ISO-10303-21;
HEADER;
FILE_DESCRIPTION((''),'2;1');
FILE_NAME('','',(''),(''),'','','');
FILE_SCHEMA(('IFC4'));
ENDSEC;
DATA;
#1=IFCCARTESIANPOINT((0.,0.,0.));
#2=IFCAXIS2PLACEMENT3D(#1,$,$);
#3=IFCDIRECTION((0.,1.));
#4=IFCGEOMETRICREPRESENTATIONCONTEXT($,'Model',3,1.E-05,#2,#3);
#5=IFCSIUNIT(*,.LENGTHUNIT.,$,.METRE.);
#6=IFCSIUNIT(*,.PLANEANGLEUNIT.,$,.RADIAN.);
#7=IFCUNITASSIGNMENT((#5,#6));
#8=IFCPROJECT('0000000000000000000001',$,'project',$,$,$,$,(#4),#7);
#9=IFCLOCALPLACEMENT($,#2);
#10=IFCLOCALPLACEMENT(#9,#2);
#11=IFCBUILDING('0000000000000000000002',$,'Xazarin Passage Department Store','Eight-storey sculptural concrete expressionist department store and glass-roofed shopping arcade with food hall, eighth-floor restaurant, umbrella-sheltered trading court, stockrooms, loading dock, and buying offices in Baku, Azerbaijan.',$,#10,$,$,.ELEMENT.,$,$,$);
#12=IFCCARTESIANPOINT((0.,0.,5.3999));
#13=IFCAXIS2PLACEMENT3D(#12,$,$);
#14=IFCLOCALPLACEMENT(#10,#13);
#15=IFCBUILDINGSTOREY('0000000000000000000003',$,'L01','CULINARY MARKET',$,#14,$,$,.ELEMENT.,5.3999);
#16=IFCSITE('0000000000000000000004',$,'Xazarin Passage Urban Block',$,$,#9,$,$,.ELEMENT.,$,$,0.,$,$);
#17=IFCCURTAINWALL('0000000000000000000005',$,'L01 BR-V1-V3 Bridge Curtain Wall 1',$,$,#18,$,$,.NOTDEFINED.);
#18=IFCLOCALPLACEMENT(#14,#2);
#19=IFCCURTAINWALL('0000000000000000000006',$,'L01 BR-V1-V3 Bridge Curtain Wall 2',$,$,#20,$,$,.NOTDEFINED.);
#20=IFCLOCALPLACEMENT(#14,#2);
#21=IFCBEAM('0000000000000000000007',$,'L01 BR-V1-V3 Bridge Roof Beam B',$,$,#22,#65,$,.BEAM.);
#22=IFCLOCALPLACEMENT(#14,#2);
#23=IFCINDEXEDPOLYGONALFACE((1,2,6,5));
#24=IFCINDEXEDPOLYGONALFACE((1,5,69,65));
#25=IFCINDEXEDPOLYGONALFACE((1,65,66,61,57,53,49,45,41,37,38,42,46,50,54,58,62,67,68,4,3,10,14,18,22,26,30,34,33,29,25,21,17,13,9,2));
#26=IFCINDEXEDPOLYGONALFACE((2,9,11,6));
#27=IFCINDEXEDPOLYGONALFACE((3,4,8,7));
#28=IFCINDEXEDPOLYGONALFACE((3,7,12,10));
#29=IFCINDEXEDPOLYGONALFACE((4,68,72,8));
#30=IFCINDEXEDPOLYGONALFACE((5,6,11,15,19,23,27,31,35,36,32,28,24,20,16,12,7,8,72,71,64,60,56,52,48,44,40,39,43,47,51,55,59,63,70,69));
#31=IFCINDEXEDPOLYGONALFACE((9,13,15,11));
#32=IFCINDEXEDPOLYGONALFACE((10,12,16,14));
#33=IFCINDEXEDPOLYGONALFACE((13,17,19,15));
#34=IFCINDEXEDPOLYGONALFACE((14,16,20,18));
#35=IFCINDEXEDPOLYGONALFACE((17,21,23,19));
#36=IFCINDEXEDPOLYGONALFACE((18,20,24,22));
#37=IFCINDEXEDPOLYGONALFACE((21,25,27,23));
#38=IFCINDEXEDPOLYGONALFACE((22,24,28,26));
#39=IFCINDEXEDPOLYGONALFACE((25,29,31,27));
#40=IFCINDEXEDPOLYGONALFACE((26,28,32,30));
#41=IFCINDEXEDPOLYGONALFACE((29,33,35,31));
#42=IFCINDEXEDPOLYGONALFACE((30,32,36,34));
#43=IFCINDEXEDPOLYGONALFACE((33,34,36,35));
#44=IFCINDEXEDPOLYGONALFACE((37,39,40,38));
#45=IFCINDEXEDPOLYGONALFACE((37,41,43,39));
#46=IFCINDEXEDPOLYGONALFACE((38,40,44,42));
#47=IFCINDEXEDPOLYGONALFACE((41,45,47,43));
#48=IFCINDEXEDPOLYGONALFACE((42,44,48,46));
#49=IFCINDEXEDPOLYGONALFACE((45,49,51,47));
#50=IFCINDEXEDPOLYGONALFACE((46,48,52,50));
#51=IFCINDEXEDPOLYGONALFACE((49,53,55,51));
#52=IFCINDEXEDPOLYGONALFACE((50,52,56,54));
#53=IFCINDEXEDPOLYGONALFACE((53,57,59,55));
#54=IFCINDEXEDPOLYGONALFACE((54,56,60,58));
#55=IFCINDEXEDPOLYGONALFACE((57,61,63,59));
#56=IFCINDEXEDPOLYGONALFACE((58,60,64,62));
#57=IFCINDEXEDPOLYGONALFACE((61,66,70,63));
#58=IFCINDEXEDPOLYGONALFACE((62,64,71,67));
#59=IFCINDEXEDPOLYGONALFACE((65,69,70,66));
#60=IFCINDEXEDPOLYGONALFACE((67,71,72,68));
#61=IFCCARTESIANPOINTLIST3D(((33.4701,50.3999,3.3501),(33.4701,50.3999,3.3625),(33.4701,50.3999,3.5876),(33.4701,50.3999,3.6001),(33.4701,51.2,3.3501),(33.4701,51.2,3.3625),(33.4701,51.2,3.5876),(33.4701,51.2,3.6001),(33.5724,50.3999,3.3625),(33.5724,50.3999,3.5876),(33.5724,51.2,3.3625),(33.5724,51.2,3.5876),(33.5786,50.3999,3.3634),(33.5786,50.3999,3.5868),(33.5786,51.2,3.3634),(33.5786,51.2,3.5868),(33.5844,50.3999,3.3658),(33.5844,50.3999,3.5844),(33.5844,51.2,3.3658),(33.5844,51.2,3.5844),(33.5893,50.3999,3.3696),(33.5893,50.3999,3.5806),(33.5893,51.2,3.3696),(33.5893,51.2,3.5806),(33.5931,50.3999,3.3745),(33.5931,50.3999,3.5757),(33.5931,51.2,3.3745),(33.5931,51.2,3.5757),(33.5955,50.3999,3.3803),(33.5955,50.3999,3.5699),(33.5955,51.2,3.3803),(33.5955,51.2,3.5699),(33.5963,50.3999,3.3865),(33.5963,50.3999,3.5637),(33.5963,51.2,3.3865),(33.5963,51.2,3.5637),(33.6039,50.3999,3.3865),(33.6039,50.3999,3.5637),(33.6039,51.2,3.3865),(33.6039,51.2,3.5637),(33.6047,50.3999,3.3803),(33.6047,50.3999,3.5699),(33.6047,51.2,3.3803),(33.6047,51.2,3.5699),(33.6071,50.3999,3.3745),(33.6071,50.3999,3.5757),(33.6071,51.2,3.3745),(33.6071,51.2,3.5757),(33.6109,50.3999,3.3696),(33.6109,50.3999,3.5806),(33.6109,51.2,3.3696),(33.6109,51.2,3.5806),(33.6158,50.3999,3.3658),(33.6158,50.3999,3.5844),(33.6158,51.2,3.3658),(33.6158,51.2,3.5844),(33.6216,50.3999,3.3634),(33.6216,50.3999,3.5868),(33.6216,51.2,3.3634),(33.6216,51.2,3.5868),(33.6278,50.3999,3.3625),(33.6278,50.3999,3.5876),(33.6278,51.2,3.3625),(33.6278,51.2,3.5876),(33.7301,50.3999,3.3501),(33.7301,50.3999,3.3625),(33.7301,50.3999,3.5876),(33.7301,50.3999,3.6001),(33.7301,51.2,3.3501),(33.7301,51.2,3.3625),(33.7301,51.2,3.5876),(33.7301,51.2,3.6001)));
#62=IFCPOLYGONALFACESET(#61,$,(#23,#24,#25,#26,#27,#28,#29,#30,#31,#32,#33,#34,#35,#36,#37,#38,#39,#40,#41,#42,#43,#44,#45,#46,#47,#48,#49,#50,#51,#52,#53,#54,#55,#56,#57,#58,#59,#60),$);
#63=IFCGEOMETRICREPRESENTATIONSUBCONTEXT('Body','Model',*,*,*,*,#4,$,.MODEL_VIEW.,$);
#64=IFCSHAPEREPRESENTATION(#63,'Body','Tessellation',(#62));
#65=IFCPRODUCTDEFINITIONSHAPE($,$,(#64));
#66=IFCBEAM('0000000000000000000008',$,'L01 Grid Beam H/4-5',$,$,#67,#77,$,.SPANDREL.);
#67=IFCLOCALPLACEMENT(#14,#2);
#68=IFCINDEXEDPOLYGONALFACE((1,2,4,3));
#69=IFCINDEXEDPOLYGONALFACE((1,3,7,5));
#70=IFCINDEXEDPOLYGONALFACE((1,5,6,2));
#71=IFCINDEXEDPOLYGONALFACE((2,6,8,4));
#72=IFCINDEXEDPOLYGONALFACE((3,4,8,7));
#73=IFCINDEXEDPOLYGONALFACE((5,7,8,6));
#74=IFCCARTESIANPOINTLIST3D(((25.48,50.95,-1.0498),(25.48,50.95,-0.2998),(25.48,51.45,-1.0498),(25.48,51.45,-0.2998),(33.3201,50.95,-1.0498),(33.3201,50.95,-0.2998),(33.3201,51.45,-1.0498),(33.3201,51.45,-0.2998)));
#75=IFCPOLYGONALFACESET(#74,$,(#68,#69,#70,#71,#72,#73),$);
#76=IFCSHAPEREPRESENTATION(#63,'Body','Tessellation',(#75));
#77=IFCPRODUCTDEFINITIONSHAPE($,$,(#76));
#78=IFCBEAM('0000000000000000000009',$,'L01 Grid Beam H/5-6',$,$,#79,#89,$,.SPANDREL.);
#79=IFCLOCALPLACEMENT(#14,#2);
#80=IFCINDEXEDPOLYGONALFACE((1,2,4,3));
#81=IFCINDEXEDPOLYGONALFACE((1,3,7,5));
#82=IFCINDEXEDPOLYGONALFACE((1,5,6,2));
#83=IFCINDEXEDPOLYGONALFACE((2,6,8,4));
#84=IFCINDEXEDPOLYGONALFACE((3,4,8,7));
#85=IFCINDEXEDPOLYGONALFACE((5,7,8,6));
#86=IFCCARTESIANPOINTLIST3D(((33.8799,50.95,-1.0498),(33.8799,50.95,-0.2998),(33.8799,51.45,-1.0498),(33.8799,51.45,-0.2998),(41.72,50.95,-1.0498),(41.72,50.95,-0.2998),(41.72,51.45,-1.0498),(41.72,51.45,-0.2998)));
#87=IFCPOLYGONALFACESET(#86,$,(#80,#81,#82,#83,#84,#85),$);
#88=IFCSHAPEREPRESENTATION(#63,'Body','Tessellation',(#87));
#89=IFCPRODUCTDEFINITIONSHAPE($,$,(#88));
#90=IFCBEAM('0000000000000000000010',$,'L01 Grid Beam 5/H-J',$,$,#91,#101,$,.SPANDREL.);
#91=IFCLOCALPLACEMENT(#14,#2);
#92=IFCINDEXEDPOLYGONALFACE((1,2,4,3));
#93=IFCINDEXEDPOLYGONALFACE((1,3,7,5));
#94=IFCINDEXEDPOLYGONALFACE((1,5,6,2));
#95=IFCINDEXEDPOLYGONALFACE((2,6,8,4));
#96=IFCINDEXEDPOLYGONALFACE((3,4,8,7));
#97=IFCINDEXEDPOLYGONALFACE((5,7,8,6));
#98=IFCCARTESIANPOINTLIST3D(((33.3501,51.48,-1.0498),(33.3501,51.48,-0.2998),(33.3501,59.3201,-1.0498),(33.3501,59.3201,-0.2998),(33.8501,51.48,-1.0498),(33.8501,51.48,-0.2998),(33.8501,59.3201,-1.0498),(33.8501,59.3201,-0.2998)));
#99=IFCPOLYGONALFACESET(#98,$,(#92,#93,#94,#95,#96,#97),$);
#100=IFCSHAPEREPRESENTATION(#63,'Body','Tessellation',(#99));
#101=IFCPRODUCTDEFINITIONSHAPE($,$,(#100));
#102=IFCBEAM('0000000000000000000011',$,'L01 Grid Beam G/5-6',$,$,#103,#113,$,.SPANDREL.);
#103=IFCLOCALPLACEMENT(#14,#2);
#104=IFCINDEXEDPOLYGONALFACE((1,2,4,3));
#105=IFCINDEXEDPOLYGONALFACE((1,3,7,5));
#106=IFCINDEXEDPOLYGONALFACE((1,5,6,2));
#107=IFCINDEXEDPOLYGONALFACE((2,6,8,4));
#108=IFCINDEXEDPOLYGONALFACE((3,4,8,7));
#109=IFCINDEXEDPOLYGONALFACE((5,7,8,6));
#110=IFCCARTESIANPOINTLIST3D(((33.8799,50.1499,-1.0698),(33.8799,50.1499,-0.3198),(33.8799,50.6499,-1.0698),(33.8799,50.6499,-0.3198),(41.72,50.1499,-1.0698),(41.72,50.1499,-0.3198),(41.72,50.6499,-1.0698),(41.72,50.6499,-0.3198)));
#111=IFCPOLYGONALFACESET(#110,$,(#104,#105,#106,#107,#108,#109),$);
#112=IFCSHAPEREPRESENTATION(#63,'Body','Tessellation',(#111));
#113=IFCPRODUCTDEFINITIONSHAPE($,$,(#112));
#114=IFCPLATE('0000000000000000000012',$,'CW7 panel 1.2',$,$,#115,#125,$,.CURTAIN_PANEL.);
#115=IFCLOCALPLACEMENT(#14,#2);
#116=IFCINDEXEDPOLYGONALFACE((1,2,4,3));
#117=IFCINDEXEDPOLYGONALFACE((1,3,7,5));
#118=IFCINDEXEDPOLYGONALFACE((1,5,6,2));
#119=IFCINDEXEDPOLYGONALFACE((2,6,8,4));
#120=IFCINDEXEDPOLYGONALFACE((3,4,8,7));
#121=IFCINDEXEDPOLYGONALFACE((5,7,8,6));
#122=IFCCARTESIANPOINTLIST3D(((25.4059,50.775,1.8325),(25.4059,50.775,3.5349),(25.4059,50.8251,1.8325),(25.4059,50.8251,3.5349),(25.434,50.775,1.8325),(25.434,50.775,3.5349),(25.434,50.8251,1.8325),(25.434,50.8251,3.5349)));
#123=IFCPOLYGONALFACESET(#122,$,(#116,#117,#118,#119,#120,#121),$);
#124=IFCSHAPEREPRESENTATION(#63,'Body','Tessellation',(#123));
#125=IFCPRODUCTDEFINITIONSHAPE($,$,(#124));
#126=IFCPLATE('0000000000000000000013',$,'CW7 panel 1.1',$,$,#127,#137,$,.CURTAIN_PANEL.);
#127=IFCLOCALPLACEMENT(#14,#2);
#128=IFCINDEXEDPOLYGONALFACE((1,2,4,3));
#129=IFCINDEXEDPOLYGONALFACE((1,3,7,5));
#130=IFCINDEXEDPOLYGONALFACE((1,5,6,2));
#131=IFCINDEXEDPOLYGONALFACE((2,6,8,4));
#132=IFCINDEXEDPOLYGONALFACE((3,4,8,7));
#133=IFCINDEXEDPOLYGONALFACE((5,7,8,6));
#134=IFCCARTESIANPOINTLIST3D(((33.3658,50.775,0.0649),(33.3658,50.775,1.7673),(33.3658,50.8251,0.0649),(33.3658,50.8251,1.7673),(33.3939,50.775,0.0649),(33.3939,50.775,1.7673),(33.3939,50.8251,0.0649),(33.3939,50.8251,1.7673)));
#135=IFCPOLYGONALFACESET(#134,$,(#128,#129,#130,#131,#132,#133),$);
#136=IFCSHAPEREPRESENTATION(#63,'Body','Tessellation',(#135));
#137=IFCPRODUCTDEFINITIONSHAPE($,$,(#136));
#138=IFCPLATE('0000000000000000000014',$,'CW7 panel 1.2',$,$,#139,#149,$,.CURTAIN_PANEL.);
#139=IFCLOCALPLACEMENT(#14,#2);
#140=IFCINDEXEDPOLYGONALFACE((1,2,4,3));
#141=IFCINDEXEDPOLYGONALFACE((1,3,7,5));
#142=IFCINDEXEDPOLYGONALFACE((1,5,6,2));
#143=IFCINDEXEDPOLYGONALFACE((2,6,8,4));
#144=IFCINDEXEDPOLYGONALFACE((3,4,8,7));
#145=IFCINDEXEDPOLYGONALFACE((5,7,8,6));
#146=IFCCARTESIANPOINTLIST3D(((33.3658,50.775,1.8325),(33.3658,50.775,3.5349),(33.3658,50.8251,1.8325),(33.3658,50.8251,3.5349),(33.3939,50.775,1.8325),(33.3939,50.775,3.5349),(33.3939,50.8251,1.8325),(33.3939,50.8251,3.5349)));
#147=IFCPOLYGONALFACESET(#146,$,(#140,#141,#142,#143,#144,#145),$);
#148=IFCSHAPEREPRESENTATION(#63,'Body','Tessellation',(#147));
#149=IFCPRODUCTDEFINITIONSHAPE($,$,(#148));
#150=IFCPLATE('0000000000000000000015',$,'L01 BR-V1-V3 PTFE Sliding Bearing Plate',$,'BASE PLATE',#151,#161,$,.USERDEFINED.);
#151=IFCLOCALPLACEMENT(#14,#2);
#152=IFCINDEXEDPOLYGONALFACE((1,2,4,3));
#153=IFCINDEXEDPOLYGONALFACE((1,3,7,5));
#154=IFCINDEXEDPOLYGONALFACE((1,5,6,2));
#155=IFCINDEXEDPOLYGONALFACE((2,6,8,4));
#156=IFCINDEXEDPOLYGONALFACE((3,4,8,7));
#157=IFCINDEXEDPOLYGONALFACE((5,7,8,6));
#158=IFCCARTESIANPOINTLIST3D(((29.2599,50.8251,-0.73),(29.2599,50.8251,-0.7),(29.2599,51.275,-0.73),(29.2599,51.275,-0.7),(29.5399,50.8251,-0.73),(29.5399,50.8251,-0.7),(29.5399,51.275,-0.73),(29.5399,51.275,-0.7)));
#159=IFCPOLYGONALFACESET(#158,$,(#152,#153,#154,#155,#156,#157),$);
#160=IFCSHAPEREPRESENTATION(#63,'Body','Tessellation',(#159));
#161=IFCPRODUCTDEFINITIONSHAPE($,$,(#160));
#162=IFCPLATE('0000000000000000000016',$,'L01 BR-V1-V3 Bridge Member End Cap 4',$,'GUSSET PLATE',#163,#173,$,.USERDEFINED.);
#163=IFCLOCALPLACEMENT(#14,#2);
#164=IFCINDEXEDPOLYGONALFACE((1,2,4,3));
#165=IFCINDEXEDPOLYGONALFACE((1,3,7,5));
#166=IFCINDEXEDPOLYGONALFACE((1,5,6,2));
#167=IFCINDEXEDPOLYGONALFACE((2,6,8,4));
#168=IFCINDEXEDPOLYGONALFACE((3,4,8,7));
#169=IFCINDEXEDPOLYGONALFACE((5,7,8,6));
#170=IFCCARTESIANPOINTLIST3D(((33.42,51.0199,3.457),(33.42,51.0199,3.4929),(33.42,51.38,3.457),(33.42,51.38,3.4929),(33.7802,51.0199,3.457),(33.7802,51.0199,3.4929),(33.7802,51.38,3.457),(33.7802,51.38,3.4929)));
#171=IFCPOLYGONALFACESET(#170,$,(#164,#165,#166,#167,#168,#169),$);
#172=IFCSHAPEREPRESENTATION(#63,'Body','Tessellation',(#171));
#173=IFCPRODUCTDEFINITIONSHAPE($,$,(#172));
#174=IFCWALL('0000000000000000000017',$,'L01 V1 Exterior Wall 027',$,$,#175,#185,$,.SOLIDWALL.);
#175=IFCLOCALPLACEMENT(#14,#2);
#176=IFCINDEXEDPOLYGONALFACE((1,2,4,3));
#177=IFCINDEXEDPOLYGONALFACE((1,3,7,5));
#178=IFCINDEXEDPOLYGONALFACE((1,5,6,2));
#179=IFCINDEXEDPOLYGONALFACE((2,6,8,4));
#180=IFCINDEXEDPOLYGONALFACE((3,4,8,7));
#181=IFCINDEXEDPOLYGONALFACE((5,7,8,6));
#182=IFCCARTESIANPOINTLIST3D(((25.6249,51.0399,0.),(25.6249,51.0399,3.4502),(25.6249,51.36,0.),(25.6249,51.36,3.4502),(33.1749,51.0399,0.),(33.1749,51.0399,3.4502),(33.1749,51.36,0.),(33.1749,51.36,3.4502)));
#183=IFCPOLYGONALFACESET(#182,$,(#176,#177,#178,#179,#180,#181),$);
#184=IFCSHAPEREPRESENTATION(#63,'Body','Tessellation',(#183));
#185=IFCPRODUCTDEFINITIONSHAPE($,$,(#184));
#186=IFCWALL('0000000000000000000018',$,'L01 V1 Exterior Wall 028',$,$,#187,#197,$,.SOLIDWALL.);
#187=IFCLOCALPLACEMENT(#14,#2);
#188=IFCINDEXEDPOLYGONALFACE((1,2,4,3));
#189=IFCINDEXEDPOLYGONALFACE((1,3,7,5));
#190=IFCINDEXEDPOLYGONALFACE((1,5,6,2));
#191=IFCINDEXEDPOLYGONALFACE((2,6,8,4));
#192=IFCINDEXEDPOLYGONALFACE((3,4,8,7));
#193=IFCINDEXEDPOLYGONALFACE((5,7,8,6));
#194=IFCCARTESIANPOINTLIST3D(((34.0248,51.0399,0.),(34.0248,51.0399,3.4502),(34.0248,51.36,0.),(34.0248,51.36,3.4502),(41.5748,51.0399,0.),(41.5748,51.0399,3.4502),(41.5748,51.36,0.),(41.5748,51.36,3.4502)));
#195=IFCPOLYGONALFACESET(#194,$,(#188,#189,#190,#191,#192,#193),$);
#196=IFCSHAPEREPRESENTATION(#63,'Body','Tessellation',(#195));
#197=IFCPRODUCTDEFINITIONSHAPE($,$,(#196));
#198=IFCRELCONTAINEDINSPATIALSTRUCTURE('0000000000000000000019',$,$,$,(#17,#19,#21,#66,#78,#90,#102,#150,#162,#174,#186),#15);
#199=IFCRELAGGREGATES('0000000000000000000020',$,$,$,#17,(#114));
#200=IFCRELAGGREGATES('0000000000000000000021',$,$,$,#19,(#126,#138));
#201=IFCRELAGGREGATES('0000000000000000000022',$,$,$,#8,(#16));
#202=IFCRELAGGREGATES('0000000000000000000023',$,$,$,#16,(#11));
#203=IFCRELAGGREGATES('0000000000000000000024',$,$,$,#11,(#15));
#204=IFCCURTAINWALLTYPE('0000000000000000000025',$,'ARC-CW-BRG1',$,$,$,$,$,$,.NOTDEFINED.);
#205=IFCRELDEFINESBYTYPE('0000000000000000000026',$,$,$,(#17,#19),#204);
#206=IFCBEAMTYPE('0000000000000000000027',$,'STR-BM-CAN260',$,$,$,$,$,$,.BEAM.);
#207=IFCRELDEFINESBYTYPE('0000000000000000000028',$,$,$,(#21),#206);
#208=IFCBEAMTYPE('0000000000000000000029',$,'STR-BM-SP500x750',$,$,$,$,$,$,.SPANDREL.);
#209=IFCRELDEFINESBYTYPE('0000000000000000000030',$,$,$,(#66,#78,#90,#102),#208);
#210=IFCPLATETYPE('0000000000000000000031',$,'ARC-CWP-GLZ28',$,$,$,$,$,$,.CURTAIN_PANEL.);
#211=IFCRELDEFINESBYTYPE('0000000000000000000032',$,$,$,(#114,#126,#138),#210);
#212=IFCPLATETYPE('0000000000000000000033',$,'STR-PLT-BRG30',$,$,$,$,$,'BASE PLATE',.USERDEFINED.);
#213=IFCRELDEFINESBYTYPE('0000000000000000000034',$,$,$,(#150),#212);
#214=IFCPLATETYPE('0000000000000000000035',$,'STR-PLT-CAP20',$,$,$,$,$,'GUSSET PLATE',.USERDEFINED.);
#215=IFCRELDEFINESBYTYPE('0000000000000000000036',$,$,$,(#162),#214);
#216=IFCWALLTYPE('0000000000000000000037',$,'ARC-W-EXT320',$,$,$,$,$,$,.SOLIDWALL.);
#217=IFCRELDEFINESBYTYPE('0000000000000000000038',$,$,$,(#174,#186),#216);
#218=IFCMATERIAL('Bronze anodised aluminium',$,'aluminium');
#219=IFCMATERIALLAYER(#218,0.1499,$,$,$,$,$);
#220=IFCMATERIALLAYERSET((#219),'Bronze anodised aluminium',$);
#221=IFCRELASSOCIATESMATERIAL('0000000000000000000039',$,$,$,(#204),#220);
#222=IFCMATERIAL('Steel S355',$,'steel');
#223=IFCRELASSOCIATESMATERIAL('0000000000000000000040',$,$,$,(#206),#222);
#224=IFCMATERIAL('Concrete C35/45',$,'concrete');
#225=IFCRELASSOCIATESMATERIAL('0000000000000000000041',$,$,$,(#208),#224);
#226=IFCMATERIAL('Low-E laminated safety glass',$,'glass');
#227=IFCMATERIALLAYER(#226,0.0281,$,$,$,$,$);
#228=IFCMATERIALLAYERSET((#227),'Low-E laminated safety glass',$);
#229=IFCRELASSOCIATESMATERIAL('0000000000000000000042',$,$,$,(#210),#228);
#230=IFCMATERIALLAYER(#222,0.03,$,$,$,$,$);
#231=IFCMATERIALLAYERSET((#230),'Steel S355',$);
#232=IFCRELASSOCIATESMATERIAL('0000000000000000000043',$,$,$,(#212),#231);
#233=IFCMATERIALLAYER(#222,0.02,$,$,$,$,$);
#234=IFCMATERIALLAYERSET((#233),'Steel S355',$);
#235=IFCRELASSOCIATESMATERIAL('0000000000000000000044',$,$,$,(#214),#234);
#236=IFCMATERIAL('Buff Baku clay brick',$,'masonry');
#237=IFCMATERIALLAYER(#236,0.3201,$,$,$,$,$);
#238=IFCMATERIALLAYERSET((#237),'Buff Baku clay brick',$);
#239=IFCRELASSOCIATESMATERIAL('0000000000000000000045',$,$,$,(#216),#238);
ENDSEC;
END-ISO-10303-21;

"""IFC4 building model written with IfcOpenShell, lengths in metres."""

from ifc_helpers import new_model, si_unit, direction, frame, frame_2d, origin, origin_2d, place, context, subcontext, project, spatial, rectangle, i_section, extrude, material, layer, layer_set, material_profile, profile_set, type_object, element, aggregate, save


model = new_model("IFC4")

# Units and contexts
model_context = context("Model", 3, precision=1e-05, world=origin(), true_north=direction((0.0, 1.0)))
body_context = subcontext(model_context, "Body", "Model", "MODEL_VIEW")
ifc_project = project(units=[si_unit("LENGTHUNIT", "METRE"), si_unit("PLANEANGLEUNIT", "RADIAN")], contexts=[model_context])

# Site, building, storey
site_placement = place(None, origin())
site = spatial("IfcSite", under=ifc_project, at=site_placement, Name="Xazarin Passage Urban Block", CompositionType="ELEMENT", RefElevation=0.0)
building_placement = place(site_placement, origin())
building = spatial("IfcBuilding", under=site, at=building_placement, Name="Xazarin Passage Department Store", Description="Eight-storey sculptural concrete expressionist department store and glass-roofed shopping arcade with food hall, eighth-floor restaurant, umbrella-sheltered trading court, stockrooms, loading dock, and buying offices in Baku, Azerbaijan.", CompositionType="ELEMENT")
storey_placement = place(building_placement, frame((0.0, 0.0, 5.3999)))
storey = spatial("IfcBuildingStorey", under=building, at=storey_placement, Name="L01", Description="CULINARY MARKET", CompositionType="ELEMENT", Elevation=5.3999)

# Curtain wall
ifc_material_1 = material(Name="Bronze anodised aluminium", Category="aluminium")
ifc_layer_1 = layer(ifc_material_1, 0.1499)
ifc_layer_set_1 = layer_set([ifc_layer_1], Name="Bronze anodised aluminium")
curtain_wall_type = type_object("IfcCurtainWallType", Name="ARC-CW-BRG1", PredefinedType="NOTDEFINED", material=ifc_layer_set_1)
curtain_wall_1_placement = place(storey_placement, origin())
curtain_wall_1 = element("IfcCurtainWall", 1, at=curtain_wall_1_placement, inside=storey, type_object=curtain_wall_type, Name="L01 BR-V1-V3 Bridge Curtain Wall 1", PredefinedType="NOTDEFINED")

# Curtain wall
curtain_wall_2_placement = place(storey_placement, origin())
curtain_wall_2 = element("IfcCurtainWall", 2, at=curtain_wall_2_placement, inside=storey, type_object=curtain_wall_type, Name="L01 BR-V1-V3 Bridge Curtain Wall 2", PredefinedType="NOTDEFINED")

# Beams
ifc_material_2 = material(Name="Steel S355", Category="steel")
ifc_material_profile_1 = material_profile(ifc_material_2, i_section(OverallWidth=0.26, OverallDepth=0.25, WebThickness=0.0076, FlangeThickness=0.0125, FilletRadius=0.0239, at=origin_2d()), Name="HEA 260")
ifc_profile_set_1 = profile_set([ifc_material_profile_1], Name="Steel S355")
beam_type_1 = type_object("IfcBeamType", Name="STR-BM-CAN260", PredefinedType="BEAM", material=ifc_profile_set_1)
beam_1_placement = place(storey_placement, frame((33.6001, 50.3999, 3.4751), z_axis=(0.0, 1.0, 0.0), x_axis=(-1.0, 0.0, 0.0)))
element("IfcBeam", 3, at=beam_1_placement, inside=storey, type_object=beam_type_1, Name="L01 BR-V1-V3 Bridge Roof Beam B", PredefinedType="BEAM", context=body_context, shape_type="SweptSolid", body=[
    extrude(i_section(OverallWidth=0.26, OverallDepth=0.25, WebThickness=0.0076, FlangeThickness=0.0125, FilletRadius=0.0239, at=origin_2d()), origin(), (0.0, 0.0, 1.0), 0.8),
])
ifc_material_3 = material(Name="Concrete C35/45", Category="concrete")
ifc_material_profile_2 = material_profile(ifc_material_3, rectangle(XDim=0.5, YDim=0.75, at=origin_2d()), Name="RC 500x750")
ifc_profile_set_2 = profile_set([ifc_material_profile_2], Name="Concrete C35/45")
beam_type_2 = type_object("IfcBeamType", Name="STR-BM-SP500x750", PredefinedType="SPANDREL", material=ifc_profile_set_2)
for number, where, z_axis, x_axis, name in (
    (4, (25.48, 51.2, -0.6748), (1.0, 0.0, 0.0), (0.0, 1.0, 0.0), "L01 Grid Beam H/4-5"),
    (5, (33.8799, 51.2, -0.6748), (1.0, 0.0, 0.0), (0.0, 1.0, 0.0), "L01 Grid Beam H/5-6"),
    (6, (33.6001, 51.48, -0.6748), (0.0, 1.0, 0.0), (-1.0, 0.0, 0.0), "L01 Grid Beam 5/H-J"),
    (7, (33.8799, 50.3999, -0.6948), (1.0, 0.0, 0.0), (0.0, 1.0, 0.0), "L01 Grid Beam G/5-6"),
):
    element("IfcBeam", number, at=place(storey_placement, frame(where, z_axis=z_axis, x_axis=x_axis)), inside=storey, type_object=beam_type_2, Name=name, PredefinedType="SPANDREL", context=body_context, shape_type="SweptSolid", body=[
        extrude(rectangle(XDim=0.5, YDim=0.75, at=origin_2d()), origin(), (0.0, 0.0, 1.0), 7.8401),
    ])

# Plates
ifc_material_4 = material(Name="Low-E laminated safety glass", Category="glass")
ifc_layer_2 = layer(ifc_material_4, 0.0281)
ifc_layer_set_2 = layer_set([ifc_layer_2], Name="Low-E laminated safety glass")
plate_type_1 = type_object("IfcPlateType", Name="ARC-CWP-GLZ28", PredefinedType="CURTAIN_PANEL", material=ifc_layer_set_2)
plate_1_placement = place(storey_placement, frame((25.4199, 50.8, 1.8325), z_axis=(0.0, 0.0, 1.0), x_axis=(0.0, 1.0, 0.0)))
plate_1 = element("IfcPlate", 8, at=plate_1_placement, type_object=plate_type_1, Name="CW7 panel 1.2", PredefinedType="CURTAIN_PANEL", context=body_context, shape_type="SweptSolid", body=[
    extrude(rectangle(XDim=0.05, YDim=0.0281, at=origin_2d()), origin(), (0.0, 0.0, 1.0), 1.7024),
])
aggregate(curtain_wall_1, [plate_1])
plate_2_placement = place(storey_placement, frame((33.3799, 50.8, 0.0649), z_axis=(0.0, 0.0, 1.0), x_axis=(0.0, 1.0, 0.0)))
plate_2 = element("IfcPlate", 9, at=plate_2_placement, type_object=plate_type_1, Name="CW7 panel 1.1", PredefinedType="CURTAIN_PANEL", context=body_context, shape_type="SweptSolid", body=[
    extrude(rectangle(XDim=0.05, YDim=0.0281, at=origin_2d()), origin(), (0.0, 0.0, 1.0), 1.7024),
])
plate_3_placement = place(storey_placement, frame((33.3799, 50.8, 1.8325), z_axis=(0.0, 0.0, 1.0), x_axis=(0.0, 1.0, 0.0)))
plate_3 = element("IfcPlate", 10, at=plate_3_placement, type_object=plate_type_1, Name="CW7 panel 1.2", PredefinedType="CURTAIN_PANEL", context=body_context, shape_type="SweptSolid", body=[
    extrude(rectangle(XDim=0.05, YDim=0.0281, at=origin_2d()), origin(), (0.0, 0.0, 1.0), 1.7024),
])
aggregate(curtain_wall_2, [plate_2, plate_3])

# Plates
ifc_layer_3 = layer(ifc_material_2, 0.03)
ifc_layer_set_3 = layer_set([ifc_layer_3], Name="Steel S355")
plate_type_2 = type_object("IfcPlateType", Name="STR-PLT-BRG30", ElementType="BASE PLATE", PredefinedType="USERDEFINED", material=ifc_layer_set_3)
plate_4_placement = place(storey_placement, frame((29.3999, 51.05, -0.73), z_axis=(0.0, 0.0, 1.0), x_axis=(1.0, 0.0, 0.0)))
element("IfcPlate", 11, at=plate_4_placement, inside=storey, type_object=plate_type_2, Name="L01 BR-V1-V3 PTFE Sliding Bearing Plate", ObjectType="BASE PLATE", PredefinedType="USERDEFINED", context=body_context, shape_type="SweptSolid", body=[
    extrude(rectangle(XDim=0.28, YDim=0.45, at=origin_2d()), origin(), (0.0, 0.0, 1.0), 0.03),
])
ifc_layer_4 = layer(ifc_material_2, 0.02)
ifc_layer_set_4 = layer_set([ifc_layer_4], Name="Steel S355")
plate_type_3 = type_object("IfcPlateType", Name="STR-PLT-CAP20", ElementType="GUSSET PLATE", PredefinedType="USERDEFINED", material=ifc_layer_set_4)
plate_5_placement = place(storey_placement, frame((33.6001, 51.2, 3.457), z_axis=(0.0, 0.0, 1.0), x_axis=(1.0, 0.0, 0.0)))
element("IfcPlate", 12, at=plate_5_placement, inside=storey, type_object=plate_type_3, Name="L01 BR-V1-V3 Bridge Member End Cap 4", ObjectType="GUSSET PLATE", PredefinedType="USERDEFINED", context=body_context, shape_type="SweptSolid", body=[
    extrude(rectangle(XDim=0.3601, YDim=0.3601, at=origin_2d()), origin(), (0.0, 0.0, 1.0), 0.0359),
])

# Walls
ifc_material_5 = material(Name="Buff Baku clay brick", Category="masonry")
ifc_layer_5 = layer(ifc_material_5, 0.3201)
ifc_layer_set_5 = layer_set([ifc_layer_5], Name="Buff Baku clay brick")
wall_type = type_object("IfcWallType", Name="ARC-W-EXT320", PredefinedType="SOLIDWALL", material=ifc_layer_set_5)
for number, where, z_axis, x_axis, name in (
    (13, (25.625, 51.2, 0.0), (0.0, 0.0, 1.0), (1.0, 0.0, 0.0), "L01 V1 Exterior Wall 027"),
    (14, (34.0249, 51.2, 0.0), (0.0, 0.0, 1.0), (1.0, 0.0, 0.0), "L01 V1 Exterior Wall 028"),
):
    element("IfcWall", number, at=place(storey_placement, frame(where, z_axis=z_axis, x_axis=x_axis)), inside=storey, type_object=wall_type, Name=name, PredefinedType="SOLIDWALL", context=body_context, shape_type="SweptSolid", body=[
        extrude(rectangle(XDim=7.55, YDim=0.3201, at=frame_2d((3.7749, 0.0))), origin(), (0.0, 0.0, 1.0), 3.4502),
    ])

save(model, "model.ifc")
